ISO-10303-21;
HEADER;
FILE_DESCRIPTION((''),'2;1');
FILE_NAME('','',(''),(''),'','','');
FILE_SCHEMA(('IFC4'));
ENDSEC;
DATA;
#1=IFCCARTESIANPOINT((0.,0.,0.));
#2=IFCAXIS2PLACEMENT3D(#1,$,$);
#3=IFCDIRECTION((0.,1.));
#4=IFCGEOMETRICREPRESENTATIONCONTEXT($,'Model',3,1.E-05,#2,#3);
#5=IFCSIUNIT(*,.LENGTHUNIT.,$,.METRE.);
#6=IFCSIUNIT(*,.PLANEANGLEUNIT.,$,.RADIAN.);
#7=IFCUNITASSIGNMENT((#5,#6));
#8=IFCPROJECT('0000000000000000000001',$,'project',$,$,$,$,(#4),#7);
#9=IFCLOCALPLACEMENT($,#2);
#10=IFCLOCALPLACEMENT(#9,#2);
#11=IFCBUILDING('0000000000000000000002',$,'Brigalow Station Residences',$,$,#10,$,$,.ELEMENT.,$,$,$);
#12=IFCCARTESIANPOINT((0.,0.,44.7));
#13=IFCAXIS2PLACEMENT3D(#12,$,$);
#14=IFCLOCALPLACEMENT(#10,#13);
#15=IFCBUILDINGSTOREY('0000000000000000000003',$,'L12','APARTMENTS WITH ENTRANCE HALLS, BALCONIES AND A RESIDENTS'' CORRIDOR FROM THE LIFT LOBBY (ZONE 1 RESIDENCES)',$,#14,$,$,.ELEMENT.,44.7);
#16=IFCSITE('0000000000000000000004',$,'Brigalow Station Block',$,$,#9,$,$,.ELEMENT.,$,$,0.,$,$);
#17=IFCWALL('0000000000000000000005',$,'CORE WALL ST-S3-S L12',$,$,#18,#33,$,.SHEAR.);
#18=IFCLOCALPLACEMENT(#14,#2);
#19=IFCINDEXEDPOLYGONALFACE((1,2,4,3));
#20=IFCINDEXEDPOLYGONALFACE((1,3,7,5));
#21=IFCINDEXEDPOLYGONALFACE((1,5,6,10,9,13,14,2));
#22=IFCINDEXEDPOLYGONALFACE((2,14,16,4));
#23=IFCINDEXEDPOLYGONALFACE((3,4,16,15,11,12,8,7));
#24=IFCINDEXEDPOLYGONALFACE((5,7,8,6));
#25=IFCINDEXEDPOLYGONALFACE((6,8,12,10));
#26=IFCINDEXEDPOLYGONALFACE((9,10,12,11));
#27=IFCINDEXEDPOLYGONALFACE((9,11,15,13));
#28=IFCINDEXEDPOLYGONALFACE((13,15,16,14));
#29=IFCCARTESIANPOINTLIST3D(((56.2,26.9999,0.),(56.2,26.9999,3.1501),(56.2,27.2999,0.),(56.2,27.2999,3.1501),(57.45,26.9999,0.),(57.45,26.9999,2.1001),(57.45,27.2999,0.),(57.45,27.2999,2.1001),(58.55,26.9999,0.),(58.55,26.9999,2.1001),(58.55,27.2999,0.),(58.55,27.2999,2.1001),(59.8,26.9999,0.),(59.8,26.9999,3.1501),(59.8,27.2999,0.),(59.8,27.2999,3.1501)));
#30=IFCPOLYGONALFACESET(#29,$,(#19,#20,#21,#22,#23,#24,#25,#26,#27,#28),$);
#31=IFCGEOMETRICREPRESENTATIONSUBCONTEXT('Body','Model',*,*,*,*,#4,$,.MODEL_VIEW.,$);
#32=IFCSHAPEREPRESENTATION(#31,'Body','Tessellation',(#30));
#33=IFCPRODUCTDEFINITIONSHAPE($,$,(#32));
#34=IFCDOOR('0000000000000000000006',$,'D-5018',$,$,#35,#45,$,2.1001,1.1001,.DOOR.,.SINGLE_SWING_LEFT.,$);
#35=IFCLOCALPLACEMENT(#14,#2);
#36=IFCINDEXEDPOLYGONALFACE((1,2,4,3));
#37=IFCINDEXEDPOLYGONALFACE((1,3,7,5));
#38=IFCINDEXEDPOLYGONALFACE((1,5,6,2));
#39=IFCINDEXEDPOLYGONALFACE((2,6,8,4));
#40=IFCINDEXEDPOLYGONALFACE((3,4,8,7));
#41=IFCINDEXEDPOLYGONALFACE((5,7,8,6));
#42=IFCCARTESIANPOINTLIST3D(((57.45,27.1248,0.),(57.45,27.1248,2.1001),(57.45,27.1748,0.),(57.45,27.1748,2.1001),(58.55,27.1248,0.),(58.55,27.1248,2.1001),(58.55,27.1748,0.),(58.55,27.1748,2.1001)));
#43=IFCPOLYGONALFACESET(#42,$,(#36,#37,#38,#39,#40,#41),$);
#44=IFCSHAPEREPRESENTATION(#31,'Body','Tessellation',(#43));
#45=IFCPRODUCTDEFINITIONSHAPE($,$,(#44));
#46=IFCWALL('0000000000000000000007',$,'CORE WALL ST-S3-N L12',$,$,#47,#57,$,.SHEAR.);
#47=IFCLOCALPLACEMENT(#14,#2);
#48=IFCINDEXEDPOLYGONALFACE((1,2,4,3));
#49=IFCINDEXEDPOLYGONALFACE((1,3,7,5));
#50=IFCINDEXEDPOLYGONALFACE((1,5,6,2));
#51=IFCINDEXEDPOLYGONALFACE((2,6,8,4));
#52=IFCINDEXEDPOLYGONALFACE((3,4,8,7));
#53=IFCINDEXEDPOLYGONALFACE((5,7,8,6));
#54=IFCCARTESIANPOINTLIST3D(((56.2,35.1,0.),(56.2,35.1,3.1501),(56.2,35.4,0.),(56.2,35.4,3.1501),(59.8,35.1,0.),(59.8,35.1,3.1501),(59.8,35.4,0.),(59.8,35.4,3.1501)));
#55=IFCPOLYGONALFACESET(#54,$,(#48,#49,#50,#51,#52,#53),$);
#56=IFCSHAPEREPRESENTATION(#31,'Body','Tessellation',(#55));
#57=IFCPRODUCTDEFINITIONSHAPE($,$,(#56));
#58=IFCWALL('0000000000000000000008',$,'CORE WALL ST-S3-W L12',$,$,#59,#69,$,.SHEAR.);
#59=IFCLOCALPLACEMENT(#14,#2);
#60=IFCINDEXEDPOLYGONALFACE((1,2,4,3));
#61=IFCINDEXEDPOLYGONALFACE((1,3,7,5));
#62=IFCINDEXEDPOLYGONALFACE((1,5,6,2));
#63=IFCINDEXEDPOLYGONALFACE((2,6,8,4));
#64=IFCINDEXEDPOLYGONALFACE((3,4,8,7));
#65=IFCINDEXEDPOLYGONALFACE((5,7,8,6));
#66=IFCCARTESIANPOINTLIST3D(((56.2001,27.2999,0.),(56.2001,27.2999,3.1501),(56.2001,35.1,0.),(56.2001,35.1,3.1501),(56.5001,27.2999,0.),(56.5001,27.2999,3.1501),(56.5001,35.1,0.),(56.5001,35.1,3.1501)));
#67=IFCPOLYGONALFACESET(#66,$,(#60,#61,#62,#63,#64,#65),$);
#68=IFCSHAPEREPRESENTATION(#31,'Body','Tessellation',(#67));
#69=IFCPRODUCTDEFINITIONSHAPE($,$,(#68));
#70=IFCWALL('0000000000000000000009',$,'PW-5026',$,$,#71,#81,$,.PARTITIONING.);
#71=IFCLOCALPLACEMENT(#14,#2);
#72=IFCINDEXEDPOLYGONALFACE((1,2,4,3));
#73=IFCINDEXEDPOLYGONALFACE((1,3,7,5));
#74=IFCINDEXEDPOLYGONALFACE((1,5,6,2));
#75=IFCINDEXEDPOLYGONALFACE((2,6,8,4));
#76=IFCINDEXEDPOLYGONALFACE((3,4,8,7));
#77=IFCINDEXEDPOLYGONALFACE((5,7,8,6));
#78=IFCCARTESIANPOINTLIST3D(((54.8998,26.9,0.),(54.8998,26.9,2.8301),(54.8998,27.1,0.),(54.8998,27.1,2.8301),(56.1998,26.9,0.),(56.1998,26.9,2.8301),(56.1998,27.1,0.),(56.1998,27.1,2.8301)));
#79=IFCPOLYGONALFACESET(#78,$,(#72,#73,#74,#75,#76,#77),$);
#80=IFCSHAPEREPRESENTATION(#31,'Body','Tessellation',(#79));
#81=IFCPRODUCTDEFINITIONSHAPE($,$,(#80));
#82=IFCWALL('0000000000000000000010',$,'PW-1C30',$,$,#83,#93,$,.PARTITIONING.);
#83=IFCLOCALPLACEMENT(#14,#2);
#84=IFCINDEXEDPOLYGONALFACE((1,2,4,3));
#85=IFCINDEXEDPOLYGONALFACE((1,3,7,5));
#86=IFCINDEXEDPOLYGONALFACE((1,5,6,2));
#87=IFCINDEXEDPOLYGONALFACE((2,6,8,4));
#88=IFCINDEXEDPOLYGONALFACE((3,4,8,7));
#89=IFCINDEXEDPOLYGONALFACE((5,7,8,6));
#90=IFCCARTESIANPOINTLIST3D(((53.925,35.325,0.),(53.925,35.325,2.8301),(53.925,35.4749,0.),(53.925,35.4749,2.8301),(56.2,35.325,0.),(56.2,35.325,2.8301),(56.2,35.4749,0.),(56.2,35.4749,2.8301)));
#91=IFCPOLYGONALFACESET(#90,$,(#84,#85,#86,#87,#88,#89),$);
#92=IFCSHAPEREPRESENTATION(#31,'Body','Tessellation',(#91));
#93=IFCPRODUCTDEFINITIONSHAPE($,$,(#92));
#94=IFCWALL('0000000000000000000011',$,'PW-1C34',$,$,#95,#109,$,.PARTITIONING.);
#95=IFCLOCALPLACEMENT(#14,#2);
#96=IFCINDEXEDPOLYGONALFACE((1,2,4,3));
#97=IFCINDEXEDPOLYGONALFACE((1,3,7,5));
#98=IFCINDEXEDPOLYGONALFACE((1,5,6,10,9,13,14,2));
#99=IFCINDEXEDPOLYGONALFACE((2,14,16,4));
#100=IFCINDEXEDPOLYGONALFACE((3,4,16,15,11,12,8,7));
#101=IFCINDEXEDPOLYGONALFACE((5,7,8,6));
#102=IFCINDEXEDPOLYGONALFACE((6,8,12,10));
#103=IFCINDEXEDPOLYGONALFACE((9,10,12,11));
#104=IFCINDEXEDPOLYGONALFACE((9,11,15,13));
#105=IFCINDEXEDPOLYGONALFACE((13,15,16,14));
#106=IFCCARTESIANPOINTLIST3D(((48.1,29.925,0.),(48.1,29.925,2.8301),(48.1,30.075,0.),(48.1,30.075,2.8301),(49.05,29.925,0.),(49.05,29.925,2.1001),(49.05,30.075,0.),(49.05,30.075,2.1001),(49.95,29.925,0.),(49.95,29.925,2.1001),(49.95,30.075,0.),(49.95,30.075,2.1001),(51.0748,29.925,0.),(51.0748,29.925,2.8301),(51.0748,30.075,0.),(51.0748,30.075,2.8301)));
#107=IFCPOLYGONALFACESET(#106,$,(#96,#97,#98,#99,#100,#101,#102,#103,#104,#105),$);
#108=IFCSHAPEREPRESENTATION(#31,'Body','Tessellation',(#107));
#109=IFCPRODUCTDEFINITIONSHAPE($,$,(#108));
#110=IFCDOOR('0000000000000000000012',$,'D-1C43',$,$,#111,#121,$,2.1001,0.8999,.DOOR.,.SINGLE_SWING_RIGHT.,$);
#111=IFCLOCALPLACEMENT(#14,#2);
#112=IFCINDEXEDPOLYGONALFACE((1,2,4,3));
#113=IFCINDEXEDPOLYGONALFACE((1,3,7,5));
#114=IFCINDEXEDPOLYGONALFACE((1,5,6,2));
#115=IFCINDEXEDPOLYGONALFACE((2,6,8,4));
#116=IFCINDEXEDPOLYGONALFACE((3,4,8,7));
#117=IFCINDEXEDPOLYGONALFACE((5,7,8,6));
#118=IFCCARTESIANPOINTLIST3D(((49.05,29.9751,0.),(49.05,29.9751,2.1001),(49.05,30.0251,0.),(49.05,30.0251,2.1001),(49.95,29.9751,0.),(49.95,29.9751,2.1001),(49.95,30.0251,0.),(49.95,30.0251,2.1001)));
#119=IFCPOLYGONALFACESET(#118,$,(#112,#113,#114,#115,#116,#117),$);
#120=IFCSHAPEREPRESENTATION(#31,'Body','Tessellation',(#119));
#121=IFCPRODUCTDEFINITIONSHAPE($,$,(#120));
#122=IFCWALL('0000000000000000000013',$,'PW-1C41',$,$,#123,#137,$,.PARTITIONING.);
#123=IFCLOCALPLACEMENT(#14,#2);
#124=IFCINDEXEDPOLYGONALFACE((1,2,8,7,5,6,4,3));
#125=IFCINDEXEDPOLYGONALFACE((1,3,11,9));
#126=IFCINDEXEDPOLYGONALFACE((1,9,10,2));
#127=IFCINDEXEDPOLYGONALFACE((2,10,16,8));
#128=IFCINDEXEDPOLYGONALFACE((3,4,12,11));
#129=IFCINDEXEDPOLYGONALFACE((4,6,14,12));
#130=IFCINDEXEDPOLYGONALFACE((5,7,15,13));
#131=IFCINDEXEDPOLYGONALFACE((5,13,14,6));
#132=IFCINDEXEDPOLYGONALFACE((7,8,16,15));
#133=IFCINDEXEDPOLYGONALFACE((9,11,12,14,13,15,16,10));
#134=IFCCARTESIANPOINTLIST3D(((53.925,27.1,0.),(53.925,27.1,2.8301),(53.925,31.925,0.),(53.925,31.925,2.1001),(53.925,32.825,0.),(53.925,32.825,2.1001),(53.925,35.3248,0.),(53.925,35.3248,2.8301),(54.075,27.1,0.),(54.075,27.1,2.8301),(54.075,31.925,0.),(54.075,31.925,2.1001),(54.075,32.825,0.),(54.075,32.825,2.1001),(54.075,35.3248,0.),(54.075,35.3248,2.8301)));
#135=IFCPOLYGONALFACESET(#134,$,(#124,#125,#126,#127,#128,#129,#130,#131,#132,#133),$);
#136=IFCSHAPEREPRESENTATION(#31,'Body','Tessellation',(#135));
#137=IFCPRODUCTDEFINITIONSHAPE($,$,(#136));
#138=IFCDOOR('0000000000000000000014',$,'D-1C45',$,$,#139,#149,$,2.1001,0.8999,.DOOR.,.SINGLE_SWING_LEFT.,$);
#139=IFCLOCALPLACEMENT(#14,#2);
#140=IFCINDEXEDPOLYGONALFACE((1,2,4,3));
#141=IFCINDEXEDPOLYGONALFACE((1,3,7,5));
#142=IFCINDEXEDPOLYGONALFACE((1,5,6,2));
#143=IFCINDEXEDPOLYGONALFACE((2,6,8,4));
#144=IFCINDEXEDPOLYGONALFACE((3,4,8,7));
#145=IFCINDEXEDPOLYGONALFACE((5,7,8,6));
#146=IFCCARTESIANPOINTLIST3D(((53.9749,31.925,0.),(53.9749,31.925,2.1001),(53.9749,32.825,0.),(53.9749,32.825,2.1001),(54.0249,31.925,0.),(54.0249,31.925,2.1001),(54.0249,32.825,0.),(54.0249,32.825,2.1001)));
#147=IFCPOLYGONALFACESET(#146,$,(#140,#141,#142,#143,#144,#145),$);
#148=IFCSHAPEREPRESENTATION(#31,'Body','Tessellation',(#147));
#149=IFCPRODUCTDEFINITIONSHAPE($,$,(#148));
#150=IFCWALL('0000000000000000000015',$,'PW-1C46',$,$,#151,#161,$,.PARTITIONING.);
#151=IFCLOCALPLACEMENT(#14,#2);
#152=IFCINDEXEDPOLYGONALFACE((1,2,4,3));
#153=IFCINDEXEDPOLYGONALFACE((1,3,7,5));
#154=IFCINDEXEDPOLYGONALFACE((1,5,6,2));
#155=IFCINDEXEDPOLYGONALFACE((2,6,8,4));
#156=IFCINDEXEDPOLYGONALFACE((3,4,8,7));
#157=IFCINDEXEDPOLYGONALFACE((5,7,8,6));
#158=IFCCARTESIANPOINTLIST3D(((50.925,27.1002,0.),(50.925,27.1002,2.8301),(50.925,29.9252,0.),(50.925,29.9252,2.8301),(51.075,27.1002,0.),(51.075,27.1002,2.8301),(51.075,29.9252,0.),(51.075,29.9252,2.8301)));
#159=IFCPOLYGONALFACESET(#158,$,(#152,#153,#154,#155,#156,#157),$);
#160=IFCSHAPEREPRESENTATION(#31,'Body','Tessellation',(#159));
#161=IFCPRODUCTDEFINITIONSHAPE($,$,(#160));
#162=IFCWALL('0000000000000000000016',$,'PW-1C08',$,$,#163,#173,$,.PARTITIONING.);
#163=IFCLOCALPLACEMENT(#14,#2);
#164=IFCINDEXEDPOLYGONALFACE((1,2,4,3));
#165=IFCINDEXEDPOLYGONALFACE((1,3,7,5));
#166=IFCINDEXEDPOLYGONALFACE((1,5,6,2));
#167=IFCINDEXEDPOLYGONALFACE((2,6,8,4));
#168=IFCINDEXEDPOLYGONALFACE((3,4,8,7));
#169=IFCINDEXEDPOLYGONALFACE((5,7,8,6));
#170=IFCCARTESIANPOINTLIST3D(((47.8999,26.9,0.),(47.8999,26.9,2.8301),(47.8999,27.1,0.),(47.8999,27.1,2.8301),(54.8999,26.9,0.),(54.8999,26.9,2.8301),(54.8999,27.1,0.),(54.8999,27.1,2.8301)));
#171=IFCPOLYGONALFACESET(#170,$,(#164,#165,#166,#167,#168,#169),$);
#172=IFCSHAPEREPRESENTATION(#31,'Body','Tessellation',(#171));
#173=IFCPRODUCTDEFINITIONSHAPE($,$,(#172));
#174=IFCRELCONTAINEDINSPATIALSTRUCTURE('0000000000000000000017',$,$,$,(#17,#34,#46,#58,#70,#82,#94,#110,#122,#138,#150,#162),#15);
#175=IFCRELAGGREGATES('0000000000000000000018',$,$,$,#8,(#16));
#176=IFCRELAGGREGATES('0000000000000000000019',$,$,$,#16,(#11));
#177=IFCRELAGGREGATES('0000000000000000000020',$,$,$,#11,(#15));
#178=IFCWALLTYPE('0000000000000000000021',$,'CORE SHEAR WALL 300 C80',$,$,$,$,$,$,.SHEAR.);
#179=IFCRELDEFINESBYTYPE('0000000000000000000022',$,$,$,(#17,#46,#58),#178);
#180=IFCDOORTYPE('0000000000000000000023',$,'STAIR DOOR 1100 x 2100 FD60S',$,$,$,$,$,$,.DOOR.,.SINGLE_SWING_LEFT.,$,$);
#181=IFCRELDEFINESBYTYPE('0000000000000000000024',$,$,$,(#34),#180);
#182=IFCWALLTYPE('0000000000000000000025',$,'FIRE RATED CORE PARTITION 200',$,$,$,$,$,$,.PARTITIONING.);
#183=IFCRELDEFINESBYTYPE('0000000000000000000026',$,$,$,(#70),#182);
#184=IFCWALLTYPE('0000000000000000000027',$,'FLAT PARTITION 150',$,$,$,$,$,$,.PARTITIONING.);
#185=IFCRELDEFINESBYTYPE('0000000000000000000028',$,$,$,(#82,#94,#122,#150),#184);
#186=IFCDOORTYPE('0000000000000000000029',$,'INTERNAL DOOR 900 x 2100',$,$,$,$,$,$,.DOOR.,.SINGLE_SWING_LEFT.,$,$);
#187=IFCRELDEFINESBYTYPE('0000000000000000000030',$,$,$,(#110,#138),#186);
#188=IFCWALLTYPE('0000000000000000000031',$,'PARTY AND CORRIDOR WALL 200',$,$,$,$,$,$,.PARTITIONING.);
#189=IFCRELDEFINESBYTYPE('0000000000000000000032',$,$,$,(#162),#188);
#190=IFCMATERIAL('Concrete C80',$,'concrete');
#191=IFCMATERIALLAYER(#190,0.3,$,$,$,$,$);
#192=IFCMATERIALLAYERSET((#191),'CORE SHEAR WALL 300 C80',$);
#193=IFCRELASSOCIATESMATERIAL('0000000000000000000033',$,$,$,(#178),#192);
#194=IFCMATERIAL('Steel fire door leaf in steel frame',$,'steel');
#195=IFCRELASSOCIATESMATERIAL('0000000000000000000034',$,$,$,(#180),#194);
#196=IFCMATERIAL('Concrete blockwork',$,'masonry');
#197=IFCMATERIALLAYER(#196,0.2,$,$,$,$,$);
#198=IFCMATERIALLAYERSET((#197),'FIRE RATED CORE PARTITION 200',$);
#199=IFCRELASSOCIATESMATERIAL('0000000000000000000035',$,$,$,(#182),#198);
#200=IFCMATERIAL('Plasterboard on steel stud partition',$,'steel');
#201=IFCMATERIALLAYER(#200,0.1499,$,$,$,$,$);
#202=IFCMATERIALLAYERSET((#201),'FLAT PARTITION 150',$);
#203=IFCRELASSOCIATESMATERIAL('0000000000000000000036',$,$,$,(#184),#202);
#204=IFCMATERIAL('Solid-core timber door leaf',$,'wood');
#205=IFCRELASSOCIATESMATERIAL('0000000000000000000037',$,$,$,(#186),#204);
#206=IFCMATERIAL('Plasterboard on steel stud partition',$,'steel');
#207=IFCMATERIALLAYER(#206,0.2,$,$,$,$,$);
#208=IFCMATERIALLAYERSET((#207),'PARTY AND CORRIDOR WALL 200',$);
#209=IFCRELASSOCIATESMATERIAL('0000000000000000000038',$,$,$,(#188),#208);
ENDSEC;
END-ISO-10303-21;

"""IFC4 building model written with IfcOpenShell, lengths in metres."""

from ifc_helpers import new_model, si_unit, direction, frame, frame_2d, origin, place, context, subcontext, project, spatial, rectangle, extrude, material, layer, layer_set, type_object, element, fill, save


model = new_model("IFC4")

# Units and contexts
model_context = context("Model", 3, precision=1e-05, world=origin(), true_north=direction((0.0, 1.0)))
body_context = subcontext(model_context, "Body", "Model", "MODEL_VIEW")
ifc_project = project(units=[si_unit("LENGTHUNIT", "METRE"), si_unit("PLANEANGLEUNIT", "RADIAN")], contexts=[model_context])

# Site, building, storey
site_placement = place(None, origin())
site = spatial("IfcSite", under=ifc_project, at=site_placement, Name="Brigalow Station Block", CompositionType="ELEMENT", RefElevation=0.0)
building_placement = place(site_placement, origin())
building = spatial("IfcBuilding", under=site, at=building_placement, Name="Brigalow Station Residences", CompositionType="ELEMENT")
storey_placement = place(building_placement, frame((0.0, 0.0, 44.7)))
storey = spatial("IfcBuildingStorey", under=building, at=storey_placement, Name="L12", Description="APARTMENTS WITH ENTRANCE HALLS, BALCONIES AND A RESIDENTS' CORRIDOR FROM THE LIFT LOBBY (ZONE 1 RESIDENCES)", CompositionType="ELEMENT", Elevation=44.7)

# Wall, opening, door
ifc_material_1 = material(Name="Concrete C80", Category="concrete")
ifc_layer_1 = layer(ifc_material_1, 0.3)
ifc_layer_set_1 = layer_set([ifc_layer_1], Name="CORE SHEAR WALL 300 C80")
wall_type_1 = type_object("IfcWallType", Name="CORE SHEAR WALL 300 C80", PredefinedType="SHEAR", material=ifc_layer_set_1)
wall_1_placement = place(storey_placement, frame((56.2, 27.1499, 0.0), z_axis=(0.0, 0.0, 1.0), x_axis=(1.0, 0.0, 0.0)))
wall_1 = element("IfcWall", 1, at=wall_1_placement, inside=storey, type_object=wall_type_1, Name="CORE WALL ST-S3-S L12", PredefinedType="SHEAR", context=body_context, shape_type="SweptSolid", body=[
    extrude(rectangle(XDim=3.6001, YDim=0.3, at=frame_2d((1.8, 0.0))), origin(), (0.0, 0.0, 1.0), 3.1501),
])
opening_1_placement = place(wall_1_placement, frame((1.25, 0.0, 0.0)))
opening_1 = element("IfcOpeningElement", 2, at=opening_1_placement, cuts=wall_1, PredefinedType="OPENING", context=body_context, shape_type="SweptSolid", body=[
    extrude(rectangle(XDim=1.1001, YDim=2.1001, at=frame_2d((0.55, 1.05))), frame((0.0, 0.1602, 0.0), z_axis=(0.0, -1.0, 0.0), x_axis=(1.0, 0.0, 0.0)), (0.0, 0.0, 1.0), 0.3201),
])
ifc_material_2 = material(Name="Steel fire door leaf in steel frame", Category="steel")
door_type_1 = type_object("IfcDoorType", Name="STAIR DOOR 1100 x 2100 FD60S", OperationType="SINGLE_SWING_LEFT", PredefinedType="DOOR", material=ifc_material_2)
door_1_placement = place(opening_1_placement, origin())
door_1 = element("IfcDoor", 3, at=door_1_placement, inside=storey, type_object=door_type_1, Name="D-5018", OperationType="SINGLE_SWING_LEFT", OverallHeight=2.1001, OverallWidth=1.1001, PredefinedType="DOOR", context=body_context, shape_type="SweptSolid", body=[
    extrude(rectangle(XDim=1.1001, YDim=2.1001, at=frame_2d((0.55, 1.05))), frame((0.0, 0.0249, 0.0), z_axis=(0.0, -1.0, 0.0), x_axis=(1.0, 0.0, 0.0)), (0.0, 0.0, 1.0), 0.05),
])
fill(opening_1, door_1)

# Walls
wall_2_placement = place(storey_placement, frame((56.2, 35.25, 0.0), z_axis=(0.0, 0.0, 1.0), x_axis=(1.0, 0.0, 0.0)))
element("IfcWall", 4, at=wall_2_placement, inside=storey, type_object=wall_type_1, Name="CORE WALL ST-S3-N L12", PredefinedType="SHEAR", context=body_context, shape_type="SweptSolid", body=[
    extrude(rectangle(XDim=3.6001, YDim=0.3, at=frame_2d((1.8, 0.0))), origin(), (0.0, 0.0, 1.0), 3.1501),
])
wall_3_placement = place(storey_placement, frame((56.3501, 27.3, 0.0), z_axis=(0.0, 0.0, 1.0), x_axis=(0.0, 1.0, 0.0)))
element("IfcWall", 5, at=wall_3_placement, inside=storey, type_object=wall_type_1, Name="CORE WALL ST-S3-W L12", PredefinedType="SHEAR", context=body_context, shape_type="SweptSolid", body=[
    extrude(rectangle(XDim=7.8, YDim=0.3, at=frame_2d((3.8999, 0.0))), origin(), (0.0, 0.0, 1.0), 3.1501),
])
ifc_material_3 = material(Name="Concrete blockwork", Category="masonry")
ifc_layer_2 = layer(ifc_material_3, 0.2)
ifc_layer_set_2 = layer_set([ifc_layer_2], Name="FIRE RATED CORE PARTITION 200")
wall_type_2 = type_object("IfcWallType", Name="FIRE RATED CORE PARTITION 200", PredefinedType="PARTITIONING", material=ifc_layer_set_2)
wall_4_placement = place(storey_placement, frame((54.8999, 27.0, 0.0), z_axis=(0.0, 0.0, 1.0), x_axis=(1.0, 0.0, 0.0)))
element("IfcWall", 6, at=wall_4_placement, inside=storey, type_object=wall_type_2, Name="PW-5026", PredefinedType="PARTITIONING", context=body_context, shape_type="SweptSolid", body=[
    extrude(rectangle(XDim=1.3, YDim=0.2, at=frame_2d((0.6499, 0.0))), origin(), (0.0, 0.0, 1.0), 2.8301),
])
ifc_material_4 = material(Name="Plasterboard on steel stud partition", Category="steel")
ifc_layer_3 = layer(ifc_material_4, 0.1499)
ifc_layer_set_3 = layer_set([ifc_layer_3], Name="FLAT PARTITION 150")
wall_type_3 = type_object("IfcWallType", Name="FLAT PARTITION 150", PredefinedType="PARTITIONING", material=ifc_layer_set_3)
wall_5_placement = place(storey_placement, frame((53.925, 35.3999, 0.0), z_axis=(0.0, 0.0, 1.0), x_axis=(1.0, 0.0, 0.0)))
element("IfcWall", 7, at=wall_5_placement, inside=storey, type_object=wall_type_3, Name="PW-1C30", PredefinedType="PARTITIONING", context=body_context, shape_type="SweptSolid", body=[
    extrude(rectangle(XDim=2.2749, YDim=0.1499, at=frame_2d((1.1375, 0.0))), origin(), (0.0, 0.0, 1.0), 2.8301),
])

# Walls, openings, doors
wall_6_placement = place(storey_placement, frame((48.1001, 30.0, 0.0), z_axis=(0.0, 0.0, 1.0), x_axis=(1.0, 0.0, 0.0)))
wall_6 = element("IfcWall", 8, at=wall_6_placement, inside=storey, type_object=wall_type_3, Name="PW-1C34", PredefinedType="PARTITIONING", context=body_context, shape_type="SweptSolid", body=[
    extrude(rectangle(XDim=2.9749, YDim=0.1499, at=frame_2d((1.4873, 0.0))), origin(), (0.0, 0.0, 1.0), 2.8301),
])
opening_2_placement = place(wall_6_placement, frame((0.95, 0.0, 0.0)))
opening_2 = element("IfcOpeningElement", 9, at=opening_2_placement, cuts=wall_6, PredefinedType="OPENING", context=body_context, shape_type="SweptSolid", body=[
    extrude(rectangle(XDim=0.8999, YDim=2.1001, at=frame_2d((0.45, 1.05))), frame((0.0, 0.085, 0.0), z_axis=(0.0, -1.0, 0.0), x_axis=(1.0, 0.0, 0.0)), (0.0, 0.0, 1.0), 0.1699),
])
ifc_material_5 = material(Name="Solid-core timber door leaf", Category="wood")
door_type_2 = type_object("IfcDoorType", Name="INTERNAL DOOR 900 x 2100", OperationType="SINGLE_SWING_LEFT", PredefinedType="DOOR", material=ifc_material_5)
door_2_placement = place(opening_2_placement, frame((0.8999, 0.0, 0.0), z_axis=(0.0, 0.0, 1.0), x_axis=(-1.0, 0.0, 0.0)))
door_2 = element("IfcDoor", 10, at=door_2_placement, inside=storey, type_object=door_type_2, Name="D-1C43", OperationType="SINGLE_SWING_RIGHT", OverallHeight=2.1001, OverallWidth=0.8999, PredefinedType="DOOR", context=body_context, shape_type="SweptSolid", body=[
    extrude(rectangle(XDim=0.8999, YDim=2.1001, at=frame_2d((0.45, 1.05))), frame((0.0, 0.0249, 0.0), z_axis=(0.0, -1.0, 0.0), x_axis=(1.0, 0.0, 0.0)), (0.0, 0.0, 1.0), 0.05),
])
fill(opening_2, door_2)
wall_7_placement = place(storey_placement, frame((54.0, 27.1001, 0.0), z_axis=(0.0, 0.0, 1.0), x_axis=(0.0, 1.0, 0.0)))
wall_7 = element("IfcWall", 11, at=wall_7_placement, inside=storey, type_object=wall_type_3, Name="PW-1C41", PredefinedType="PARTITIONING", context=body_context, shape_type="SweptSolid", body=[
    extrude(rectangle(XDim=8.2249, YDim=0.1499, at=frame_2d((4.1123, 0.0))), origin(), (0.0, 0.0, 1.0), 2.8301),
])
opening_3_placement = place(wall_7_placement, frame((4.825, 0.0, 0.0)))
opening_3 = element("IfcOpeningElement", 12, at=opening_3_placement, cuts=wall_7, PredefinedType="OPENING", context=body_context, shape_type="SweptSolid", body=[
    extrude(rectangle(XDim=0.8999, YDim=2.1001, at=frame_2d((0.45, 1.05))), frame((0.0, 0.085, 0.0), z_axis=(0.0, -1.0, 0.0), x_axis=(1.0, 0.0, 0.0)), (0.0, 0.0, 1.0), 0.1699),
])
door_3_placement = place(opening_3_placement, frame((0.8999, 0.0, 0.0), z_axis=(0.0, 0.0, 1.0), x_axis=(-1.0, 0.0, 0.0)))
door_3 = element("IfcDoor", 13, at=door_3_placement, inside=storey, type_object=door_type_2, Name="D-1C45", OperationType="SINGLE_SWING_LEFT", OverallHeight=2.1001, OverallWidth=0.8999, PredefinedType="DOOR", context=body_context, shape_type="SweptSolid", body=[
    extrude(rectangle(XDim=0.8999, YDim=2.1001, at=frame_2d((0.45, 1.05))), frame((0.0, 0.0249, 0.0), z_axis=(0.0, -1.0, 0.0), x_axis=(1.0, 0.0, 0.0)), (0.0, 0.0, 1.0), 0.05),
])
fill(opening_3, door_3)

# Walls
wall_8_placement = place(storey_placement, frame((51.0, 27.1001, 0.0), z_axis=(0.0, 0.0, 1.0), x_axis=(0.0, 1.0, 0.0)))
element("IfcWall", 14, at=wall_8_placement, inside=storey, type_object=wall_type_3, Name="PW-1C46", PredefinedType="PARTITIONING", context=body_context, shape_type="SweptSolid", body=[
    extrude(rectangle(XDim=2.825, YDim=0.1499, at=frame_2d((1.4126, 0.0))), origin(), (0.0, 0.0, 1.0), 2.8301),
])
ifc_material_6 = material(Name="Plasterboard on steel stud partition", Category="steel")
ifc_layer_4 = layer(ifc_material_6, 0.2)
ifc_layer_set_4 = layer_set([ifc_layer_4], Name="PARTY AND CORRIDOR WALL 200")
wall_type_4 = type_object("IfcWallType", Name="PARTY AND CORRIDOR WALL 200", PredefinedType="PARTITIONING", material=ifc_layer_set_4)
wall_9_placement = place(storey_placement, frame((47.8999, 27.0, 0.0), z_axis=(0.0, 0.0, 1.0), x_axis=(1.0, 0.0, 0.0)))
element("IfcWall", 15, at=wall_9_placement, inside=storey, type_object=wall_type_4, Name="PW-1C08", PredefinedType="PARTITIONING", context=body_context, shape_type="SweptSolid", body=[
    extrude(rectangle(XDim=7.0, YDim=0.2, at=frame_2d((3.5, 0.0))), origin(), (0.0, 0.0, 1.0), 2.8301),
])

save(model, "model.ifc")
